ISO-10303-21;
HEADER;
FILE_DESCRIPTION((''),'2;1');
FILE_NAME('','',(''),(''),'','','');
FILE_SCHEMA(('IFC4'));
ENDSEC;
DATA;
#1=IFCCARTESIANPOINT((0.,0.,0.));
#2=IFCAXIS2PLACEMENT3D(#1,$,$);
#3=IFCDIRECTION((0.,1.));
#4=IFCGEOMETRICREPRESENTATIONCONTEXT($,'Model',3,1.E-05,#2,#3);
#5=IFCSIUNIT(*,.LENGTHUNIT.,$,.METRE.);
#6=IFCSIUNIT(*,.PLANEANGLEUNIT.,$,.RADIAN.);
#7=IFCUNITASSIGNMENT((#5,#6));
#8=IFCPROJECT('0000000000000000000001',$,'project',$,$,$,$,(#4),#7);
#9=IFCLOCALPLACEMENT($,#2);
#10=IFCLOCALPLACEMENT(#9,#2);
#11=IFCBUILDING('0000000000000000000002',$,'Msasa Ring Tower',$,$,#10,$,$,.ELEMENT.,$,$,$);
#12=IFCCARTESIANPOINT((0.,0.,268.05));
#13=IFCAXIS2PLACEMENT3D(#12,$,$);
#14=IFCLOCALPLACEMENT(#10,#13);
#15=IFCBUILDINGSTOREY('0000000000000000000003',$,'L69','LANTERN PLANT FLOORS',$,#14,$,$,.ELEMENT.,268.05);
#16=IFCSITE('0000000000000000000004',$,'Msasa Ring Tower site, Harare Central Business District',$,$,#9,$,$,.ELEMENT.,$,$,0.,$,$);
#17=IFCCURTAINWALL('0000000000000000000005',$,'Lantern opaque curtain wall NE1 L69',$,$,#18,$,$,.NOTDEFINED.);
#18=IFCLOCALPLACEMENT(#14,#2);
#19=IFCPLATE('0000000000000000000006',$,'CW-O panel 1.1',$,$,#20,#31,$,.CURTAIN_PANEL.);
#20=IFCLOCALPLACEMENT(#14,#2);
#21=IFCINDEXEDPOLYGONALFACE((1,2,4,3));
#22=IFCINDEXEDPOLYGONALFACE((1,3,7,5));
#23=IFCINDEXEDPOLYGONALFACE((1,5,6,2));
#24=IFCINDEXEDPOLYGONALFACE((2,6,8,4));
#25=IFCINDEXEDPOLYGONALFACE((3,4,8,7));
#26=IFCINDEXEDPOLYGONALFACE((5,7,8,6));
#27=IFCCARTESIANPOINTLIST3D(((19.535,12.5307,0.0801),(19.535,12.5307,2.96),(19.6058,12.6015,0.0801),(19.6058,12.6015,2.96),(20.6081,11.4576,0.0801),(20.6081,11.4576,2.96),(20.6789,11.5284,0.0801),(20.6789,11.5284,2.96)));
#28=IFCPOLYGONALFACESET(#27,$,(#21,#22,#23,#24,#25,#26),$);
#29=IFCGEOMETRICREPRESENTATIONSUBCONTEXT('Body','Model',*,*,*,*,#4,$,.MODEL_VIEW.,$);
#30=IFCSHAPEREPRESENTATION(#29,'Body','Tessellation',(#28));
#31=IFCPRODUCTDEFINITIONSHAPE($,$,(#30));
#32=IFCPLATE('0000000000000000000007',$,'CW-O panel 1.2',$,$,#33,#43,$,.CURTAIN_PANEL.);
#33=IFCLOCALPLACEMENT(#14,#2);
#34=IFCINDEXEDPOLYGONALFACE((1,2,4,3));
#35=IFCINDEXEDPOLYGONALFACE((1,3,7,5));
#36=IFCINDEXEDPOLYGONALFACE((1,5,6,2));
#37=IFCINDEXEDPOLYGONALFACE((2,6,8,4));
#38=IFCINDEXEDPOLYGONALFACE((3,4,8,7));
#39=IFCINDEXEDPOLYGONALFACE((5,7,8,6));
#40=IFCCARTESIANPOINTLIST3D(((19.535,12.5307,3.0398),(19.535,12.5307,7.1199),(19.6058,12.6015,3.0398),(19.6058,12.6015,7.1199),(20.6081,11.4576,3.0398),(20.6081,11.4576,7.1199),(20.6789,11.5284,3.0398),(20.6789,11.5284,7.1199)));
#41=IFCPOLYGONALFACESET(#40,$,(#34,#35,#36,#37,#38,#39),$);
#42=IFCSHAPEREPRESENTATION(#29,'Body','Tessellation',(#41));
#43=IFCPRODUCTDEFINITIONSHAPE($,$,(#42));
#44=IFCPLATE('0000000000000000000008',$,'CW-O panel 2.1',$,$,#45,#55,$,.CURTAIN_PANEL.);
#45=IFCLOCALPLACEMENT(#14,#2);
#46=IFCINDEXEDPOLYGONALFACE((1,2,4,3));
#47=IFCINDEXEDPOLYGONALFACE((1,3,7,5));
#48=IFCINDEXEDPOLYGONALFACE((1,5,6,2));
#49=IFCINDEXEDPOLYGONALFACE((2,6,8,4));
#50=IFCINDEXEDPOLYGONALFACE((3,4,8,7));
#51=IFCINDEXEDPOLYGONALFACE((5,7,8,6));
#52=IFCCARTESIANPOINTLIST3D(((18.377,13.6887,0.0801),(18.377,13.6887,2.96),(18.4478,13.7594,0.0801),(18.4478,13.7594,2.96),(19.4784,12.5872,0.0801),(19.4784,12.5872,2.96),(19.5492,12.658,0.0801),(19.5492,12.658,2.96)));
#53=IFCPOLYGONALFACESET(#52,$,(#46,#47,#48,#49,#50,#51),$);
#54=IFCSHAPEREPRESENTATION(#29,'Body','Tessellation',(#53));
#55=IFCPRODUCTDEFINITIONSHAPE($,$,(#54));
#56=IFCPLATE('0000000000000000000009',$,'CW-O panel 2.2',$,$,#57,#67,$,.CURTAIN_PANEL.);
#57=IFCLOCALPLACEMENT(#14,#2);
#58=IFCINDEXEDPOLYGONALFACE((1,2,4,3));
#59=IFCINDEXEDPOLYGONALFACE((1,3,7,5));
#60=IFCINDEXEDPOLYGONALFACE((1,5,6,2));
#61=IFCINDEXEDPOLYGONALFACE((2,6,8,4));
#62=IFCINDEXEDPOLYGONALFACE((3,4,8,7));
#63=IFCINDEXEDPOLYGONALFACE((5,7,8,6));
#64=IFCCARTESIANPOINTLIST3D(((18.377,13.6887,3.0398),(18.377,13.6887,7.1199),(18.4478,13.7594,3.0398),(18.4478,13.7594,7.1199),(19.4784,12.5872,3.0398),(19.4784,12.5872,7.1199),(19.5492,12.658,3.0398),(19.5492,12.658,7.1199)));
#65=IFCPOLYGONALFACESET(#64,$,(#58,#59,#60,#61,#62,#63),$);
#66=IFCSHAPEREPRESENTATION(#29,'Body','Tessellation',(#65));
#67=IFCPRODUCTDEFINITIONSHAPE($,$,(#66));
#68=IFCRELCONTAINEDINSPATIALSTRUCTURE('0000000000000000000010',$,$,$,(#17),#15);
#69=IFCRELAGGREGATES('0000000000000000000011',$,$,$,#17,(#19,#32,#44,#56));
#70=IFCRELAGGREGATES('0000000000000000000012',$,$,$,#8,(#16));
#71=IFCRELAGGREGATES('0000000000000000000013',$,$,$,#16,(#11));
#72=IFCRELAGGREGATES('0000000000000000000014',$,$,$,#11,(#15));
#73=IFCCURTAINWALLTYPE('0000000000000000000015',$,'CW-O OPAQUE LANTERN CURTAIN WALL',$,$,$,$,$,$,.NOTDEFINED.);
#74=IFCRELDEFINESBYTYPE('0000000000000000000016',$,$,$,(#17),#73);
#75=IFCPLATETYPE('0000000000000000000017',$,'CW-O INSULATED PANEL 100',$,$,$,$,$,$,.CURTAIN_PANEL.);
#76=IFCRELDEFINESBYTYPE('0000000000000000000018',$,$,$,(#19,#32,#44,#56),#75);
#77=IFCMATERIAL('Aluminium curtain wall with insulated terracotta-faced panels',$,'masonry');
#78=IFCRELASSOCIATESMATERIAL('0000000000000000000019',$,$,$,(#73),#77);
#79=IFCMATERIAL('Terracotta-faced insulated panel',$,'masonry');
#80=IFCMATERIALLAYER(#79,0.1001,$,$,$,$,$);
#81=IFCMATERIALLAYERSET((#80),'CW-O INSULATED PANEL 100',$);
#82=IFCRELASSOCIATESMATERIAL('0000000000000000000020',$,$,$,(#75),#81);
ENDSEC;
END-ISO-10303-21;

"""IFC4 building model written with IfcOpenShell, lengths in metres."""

from ifc_helpers import new_model, si_unit, direction, frame, origin, origin_2d, place, context, subcontext, project, spatial, rectangle, extrude, material, layer, layer_set, type_object, element, aggregate, save


model = new_model("IFC4")

# Units and contexts
model_context = context("Model", 3, precision=1e-05, world=origin(), true_north=direction((0.0, 1.0)))
body_context = subcontext(model_context, "Body", "Model", "MODEL_VIEW")
ifc_project = project(units=[si_unit("LENGTHUNIT", "METRE"), si_unit("PLANEANGLEUNIT", "RADIAN")], contexts=[model_context])

# Site, building, storey
site_placement = place(None, origin())
site = spatial("IfcSite", under=ifc_project, at=site_placement, Name="Msasa Ring Tower site, Harare Central Business District", CompositionType="ELEMENT", RefElevation=0.0)
building_placement = place(site_placement, origin())
building = spatial("IfcBuilding", under=site, at=building_placement, Name="Msasa Ring Tower", CompositionType="ELEMENT")
storey_placement = place(building_placement, frame((0.0, 0.0, 268.05)))
storey = spatial("IfcBuildingStorey", under=building, at=storey_placement, Name="L69", Description="LANTERN PLANT FLOORS", CompositionType="ELEMENT", Elevation=268.05)

# Curtain wall
ifc_material_1 = material(Name="Aluminium curtain wall with insulated terracotta-faced panels", Category="masonry")
curtain_wall_type = type_object("IfcCurtainWallType", Name="CW-O OPAQUE LANTERN CURTAIN WALL", PredefinedType="NOTDEFINED", material=ifc_material_1)
curtain_wall_placement = place(storey_placement, origin())
curtain_wall = element("IfcCurtainWall", 1, at=curtain_wall_placement, inside=storey, type_object=curtain_wall_type, Name="Lantern opaque curtain wall NE1 L69", PredefinedType="NOTDEFINED")

# Plates
ifc_material_2 = material(Name="Terracotta-faced insulated panel", Category="masonry")
ifc_layer = layer(ifc_material_2, 0.1001)
ifc_layer_set = layer_set([ifc_layer], Name="CW-O INSULATED PANEL 100")
plate_type = type_object("IfcPlateType", Name="CW-O INSULATED PANEL 100", PredefinedType="CURTAIN_PANEL", material=ifc_layer_set)
plate_1_placement = place(storey_placement, frame((20.1069, 12.0295, 0.0801), z_axis=(0.0, 0.0, 1.0), x_axis=(-0.707107, 0.707107, 0.0)))
plate_1 = element("IfcPlate", 2, at=plate_1_placement, type_object=plate_type, Name="CW-O panel 1.1", PredefinedType="CURTAIN_PANEL", context=body_context, shape_type="SweptSolid", body=[
    extrude(rectangle(XDim=1.5176, YDim=0.1001, at=origin_2d()), origin(), (0.0, 0.0, 1.0), 2.8799),
])
plate_2_placement = place(storey_placement, frame((20.1069, 12.0295, 3.0398), z_axis=(0.0, 0.0, 1.0), x_axis=(-0.707107, 0.707107, 0.0)))
plate_2 = element("IfcPlate", 3, at=plate_2_placement, type_object=plate_type, Name="CW-O panel 1.2", PredefinedType="CURTAIN_PANEL", context=body_context, shape_type="SweptSolid", body=[
    extrude(rectangle(XDim=1.5176, YDim=0.1001, at=origin_2d()), origin(), (0.0, 0.0, 1.0), 4.0801),
])
plate_3_placement = place(storey_placement, frame((18.9631, 13.1733, 0.0801), z_axis=(0.0, 0.0, 1.0), x_axis=(-0.707107, 0.707107, 0.0)))
plate_3 = element("IfcPlate", 4, at=plate_3_placement, type_object=plate_type, Name="CW-O panel 2.1", PredefinedType="CURTAIN_PANEL", context=body_context, shape_type="SweptSolid", body=[
    extrude(rectangle(XDim=1.5576, YDim=0.1001, at=origin_2d()), origin(), (0.0, 0.0, 1.0), 2.8799),
])
plate_4_placement = place(storey_placement, frame((18.9631, 13.1733, 3.0398), z_axis=(0.0, 0.0, 1.0), x_axis=(-0.707107, 0.707107, 0.0)))
plate_4 = element("IfcPlate", 5, at=plate_4_placement, type_object=plate_type, Name="CW-O panel 2.2", PredefinedType="CURTAIN_PANEL", context=body_context, shape_type="SweptSolid", body=[
    extrude(rectangle(XDim=1.5576, YDim=0.1001, at=origin_2d()), origin(), (0.0, 0.0, 1.0), 4.0801),
])
aggregate(curtain_wall, [plate_1, plate_2, plate_3, plate_4])

save(model, "model.ifc")
